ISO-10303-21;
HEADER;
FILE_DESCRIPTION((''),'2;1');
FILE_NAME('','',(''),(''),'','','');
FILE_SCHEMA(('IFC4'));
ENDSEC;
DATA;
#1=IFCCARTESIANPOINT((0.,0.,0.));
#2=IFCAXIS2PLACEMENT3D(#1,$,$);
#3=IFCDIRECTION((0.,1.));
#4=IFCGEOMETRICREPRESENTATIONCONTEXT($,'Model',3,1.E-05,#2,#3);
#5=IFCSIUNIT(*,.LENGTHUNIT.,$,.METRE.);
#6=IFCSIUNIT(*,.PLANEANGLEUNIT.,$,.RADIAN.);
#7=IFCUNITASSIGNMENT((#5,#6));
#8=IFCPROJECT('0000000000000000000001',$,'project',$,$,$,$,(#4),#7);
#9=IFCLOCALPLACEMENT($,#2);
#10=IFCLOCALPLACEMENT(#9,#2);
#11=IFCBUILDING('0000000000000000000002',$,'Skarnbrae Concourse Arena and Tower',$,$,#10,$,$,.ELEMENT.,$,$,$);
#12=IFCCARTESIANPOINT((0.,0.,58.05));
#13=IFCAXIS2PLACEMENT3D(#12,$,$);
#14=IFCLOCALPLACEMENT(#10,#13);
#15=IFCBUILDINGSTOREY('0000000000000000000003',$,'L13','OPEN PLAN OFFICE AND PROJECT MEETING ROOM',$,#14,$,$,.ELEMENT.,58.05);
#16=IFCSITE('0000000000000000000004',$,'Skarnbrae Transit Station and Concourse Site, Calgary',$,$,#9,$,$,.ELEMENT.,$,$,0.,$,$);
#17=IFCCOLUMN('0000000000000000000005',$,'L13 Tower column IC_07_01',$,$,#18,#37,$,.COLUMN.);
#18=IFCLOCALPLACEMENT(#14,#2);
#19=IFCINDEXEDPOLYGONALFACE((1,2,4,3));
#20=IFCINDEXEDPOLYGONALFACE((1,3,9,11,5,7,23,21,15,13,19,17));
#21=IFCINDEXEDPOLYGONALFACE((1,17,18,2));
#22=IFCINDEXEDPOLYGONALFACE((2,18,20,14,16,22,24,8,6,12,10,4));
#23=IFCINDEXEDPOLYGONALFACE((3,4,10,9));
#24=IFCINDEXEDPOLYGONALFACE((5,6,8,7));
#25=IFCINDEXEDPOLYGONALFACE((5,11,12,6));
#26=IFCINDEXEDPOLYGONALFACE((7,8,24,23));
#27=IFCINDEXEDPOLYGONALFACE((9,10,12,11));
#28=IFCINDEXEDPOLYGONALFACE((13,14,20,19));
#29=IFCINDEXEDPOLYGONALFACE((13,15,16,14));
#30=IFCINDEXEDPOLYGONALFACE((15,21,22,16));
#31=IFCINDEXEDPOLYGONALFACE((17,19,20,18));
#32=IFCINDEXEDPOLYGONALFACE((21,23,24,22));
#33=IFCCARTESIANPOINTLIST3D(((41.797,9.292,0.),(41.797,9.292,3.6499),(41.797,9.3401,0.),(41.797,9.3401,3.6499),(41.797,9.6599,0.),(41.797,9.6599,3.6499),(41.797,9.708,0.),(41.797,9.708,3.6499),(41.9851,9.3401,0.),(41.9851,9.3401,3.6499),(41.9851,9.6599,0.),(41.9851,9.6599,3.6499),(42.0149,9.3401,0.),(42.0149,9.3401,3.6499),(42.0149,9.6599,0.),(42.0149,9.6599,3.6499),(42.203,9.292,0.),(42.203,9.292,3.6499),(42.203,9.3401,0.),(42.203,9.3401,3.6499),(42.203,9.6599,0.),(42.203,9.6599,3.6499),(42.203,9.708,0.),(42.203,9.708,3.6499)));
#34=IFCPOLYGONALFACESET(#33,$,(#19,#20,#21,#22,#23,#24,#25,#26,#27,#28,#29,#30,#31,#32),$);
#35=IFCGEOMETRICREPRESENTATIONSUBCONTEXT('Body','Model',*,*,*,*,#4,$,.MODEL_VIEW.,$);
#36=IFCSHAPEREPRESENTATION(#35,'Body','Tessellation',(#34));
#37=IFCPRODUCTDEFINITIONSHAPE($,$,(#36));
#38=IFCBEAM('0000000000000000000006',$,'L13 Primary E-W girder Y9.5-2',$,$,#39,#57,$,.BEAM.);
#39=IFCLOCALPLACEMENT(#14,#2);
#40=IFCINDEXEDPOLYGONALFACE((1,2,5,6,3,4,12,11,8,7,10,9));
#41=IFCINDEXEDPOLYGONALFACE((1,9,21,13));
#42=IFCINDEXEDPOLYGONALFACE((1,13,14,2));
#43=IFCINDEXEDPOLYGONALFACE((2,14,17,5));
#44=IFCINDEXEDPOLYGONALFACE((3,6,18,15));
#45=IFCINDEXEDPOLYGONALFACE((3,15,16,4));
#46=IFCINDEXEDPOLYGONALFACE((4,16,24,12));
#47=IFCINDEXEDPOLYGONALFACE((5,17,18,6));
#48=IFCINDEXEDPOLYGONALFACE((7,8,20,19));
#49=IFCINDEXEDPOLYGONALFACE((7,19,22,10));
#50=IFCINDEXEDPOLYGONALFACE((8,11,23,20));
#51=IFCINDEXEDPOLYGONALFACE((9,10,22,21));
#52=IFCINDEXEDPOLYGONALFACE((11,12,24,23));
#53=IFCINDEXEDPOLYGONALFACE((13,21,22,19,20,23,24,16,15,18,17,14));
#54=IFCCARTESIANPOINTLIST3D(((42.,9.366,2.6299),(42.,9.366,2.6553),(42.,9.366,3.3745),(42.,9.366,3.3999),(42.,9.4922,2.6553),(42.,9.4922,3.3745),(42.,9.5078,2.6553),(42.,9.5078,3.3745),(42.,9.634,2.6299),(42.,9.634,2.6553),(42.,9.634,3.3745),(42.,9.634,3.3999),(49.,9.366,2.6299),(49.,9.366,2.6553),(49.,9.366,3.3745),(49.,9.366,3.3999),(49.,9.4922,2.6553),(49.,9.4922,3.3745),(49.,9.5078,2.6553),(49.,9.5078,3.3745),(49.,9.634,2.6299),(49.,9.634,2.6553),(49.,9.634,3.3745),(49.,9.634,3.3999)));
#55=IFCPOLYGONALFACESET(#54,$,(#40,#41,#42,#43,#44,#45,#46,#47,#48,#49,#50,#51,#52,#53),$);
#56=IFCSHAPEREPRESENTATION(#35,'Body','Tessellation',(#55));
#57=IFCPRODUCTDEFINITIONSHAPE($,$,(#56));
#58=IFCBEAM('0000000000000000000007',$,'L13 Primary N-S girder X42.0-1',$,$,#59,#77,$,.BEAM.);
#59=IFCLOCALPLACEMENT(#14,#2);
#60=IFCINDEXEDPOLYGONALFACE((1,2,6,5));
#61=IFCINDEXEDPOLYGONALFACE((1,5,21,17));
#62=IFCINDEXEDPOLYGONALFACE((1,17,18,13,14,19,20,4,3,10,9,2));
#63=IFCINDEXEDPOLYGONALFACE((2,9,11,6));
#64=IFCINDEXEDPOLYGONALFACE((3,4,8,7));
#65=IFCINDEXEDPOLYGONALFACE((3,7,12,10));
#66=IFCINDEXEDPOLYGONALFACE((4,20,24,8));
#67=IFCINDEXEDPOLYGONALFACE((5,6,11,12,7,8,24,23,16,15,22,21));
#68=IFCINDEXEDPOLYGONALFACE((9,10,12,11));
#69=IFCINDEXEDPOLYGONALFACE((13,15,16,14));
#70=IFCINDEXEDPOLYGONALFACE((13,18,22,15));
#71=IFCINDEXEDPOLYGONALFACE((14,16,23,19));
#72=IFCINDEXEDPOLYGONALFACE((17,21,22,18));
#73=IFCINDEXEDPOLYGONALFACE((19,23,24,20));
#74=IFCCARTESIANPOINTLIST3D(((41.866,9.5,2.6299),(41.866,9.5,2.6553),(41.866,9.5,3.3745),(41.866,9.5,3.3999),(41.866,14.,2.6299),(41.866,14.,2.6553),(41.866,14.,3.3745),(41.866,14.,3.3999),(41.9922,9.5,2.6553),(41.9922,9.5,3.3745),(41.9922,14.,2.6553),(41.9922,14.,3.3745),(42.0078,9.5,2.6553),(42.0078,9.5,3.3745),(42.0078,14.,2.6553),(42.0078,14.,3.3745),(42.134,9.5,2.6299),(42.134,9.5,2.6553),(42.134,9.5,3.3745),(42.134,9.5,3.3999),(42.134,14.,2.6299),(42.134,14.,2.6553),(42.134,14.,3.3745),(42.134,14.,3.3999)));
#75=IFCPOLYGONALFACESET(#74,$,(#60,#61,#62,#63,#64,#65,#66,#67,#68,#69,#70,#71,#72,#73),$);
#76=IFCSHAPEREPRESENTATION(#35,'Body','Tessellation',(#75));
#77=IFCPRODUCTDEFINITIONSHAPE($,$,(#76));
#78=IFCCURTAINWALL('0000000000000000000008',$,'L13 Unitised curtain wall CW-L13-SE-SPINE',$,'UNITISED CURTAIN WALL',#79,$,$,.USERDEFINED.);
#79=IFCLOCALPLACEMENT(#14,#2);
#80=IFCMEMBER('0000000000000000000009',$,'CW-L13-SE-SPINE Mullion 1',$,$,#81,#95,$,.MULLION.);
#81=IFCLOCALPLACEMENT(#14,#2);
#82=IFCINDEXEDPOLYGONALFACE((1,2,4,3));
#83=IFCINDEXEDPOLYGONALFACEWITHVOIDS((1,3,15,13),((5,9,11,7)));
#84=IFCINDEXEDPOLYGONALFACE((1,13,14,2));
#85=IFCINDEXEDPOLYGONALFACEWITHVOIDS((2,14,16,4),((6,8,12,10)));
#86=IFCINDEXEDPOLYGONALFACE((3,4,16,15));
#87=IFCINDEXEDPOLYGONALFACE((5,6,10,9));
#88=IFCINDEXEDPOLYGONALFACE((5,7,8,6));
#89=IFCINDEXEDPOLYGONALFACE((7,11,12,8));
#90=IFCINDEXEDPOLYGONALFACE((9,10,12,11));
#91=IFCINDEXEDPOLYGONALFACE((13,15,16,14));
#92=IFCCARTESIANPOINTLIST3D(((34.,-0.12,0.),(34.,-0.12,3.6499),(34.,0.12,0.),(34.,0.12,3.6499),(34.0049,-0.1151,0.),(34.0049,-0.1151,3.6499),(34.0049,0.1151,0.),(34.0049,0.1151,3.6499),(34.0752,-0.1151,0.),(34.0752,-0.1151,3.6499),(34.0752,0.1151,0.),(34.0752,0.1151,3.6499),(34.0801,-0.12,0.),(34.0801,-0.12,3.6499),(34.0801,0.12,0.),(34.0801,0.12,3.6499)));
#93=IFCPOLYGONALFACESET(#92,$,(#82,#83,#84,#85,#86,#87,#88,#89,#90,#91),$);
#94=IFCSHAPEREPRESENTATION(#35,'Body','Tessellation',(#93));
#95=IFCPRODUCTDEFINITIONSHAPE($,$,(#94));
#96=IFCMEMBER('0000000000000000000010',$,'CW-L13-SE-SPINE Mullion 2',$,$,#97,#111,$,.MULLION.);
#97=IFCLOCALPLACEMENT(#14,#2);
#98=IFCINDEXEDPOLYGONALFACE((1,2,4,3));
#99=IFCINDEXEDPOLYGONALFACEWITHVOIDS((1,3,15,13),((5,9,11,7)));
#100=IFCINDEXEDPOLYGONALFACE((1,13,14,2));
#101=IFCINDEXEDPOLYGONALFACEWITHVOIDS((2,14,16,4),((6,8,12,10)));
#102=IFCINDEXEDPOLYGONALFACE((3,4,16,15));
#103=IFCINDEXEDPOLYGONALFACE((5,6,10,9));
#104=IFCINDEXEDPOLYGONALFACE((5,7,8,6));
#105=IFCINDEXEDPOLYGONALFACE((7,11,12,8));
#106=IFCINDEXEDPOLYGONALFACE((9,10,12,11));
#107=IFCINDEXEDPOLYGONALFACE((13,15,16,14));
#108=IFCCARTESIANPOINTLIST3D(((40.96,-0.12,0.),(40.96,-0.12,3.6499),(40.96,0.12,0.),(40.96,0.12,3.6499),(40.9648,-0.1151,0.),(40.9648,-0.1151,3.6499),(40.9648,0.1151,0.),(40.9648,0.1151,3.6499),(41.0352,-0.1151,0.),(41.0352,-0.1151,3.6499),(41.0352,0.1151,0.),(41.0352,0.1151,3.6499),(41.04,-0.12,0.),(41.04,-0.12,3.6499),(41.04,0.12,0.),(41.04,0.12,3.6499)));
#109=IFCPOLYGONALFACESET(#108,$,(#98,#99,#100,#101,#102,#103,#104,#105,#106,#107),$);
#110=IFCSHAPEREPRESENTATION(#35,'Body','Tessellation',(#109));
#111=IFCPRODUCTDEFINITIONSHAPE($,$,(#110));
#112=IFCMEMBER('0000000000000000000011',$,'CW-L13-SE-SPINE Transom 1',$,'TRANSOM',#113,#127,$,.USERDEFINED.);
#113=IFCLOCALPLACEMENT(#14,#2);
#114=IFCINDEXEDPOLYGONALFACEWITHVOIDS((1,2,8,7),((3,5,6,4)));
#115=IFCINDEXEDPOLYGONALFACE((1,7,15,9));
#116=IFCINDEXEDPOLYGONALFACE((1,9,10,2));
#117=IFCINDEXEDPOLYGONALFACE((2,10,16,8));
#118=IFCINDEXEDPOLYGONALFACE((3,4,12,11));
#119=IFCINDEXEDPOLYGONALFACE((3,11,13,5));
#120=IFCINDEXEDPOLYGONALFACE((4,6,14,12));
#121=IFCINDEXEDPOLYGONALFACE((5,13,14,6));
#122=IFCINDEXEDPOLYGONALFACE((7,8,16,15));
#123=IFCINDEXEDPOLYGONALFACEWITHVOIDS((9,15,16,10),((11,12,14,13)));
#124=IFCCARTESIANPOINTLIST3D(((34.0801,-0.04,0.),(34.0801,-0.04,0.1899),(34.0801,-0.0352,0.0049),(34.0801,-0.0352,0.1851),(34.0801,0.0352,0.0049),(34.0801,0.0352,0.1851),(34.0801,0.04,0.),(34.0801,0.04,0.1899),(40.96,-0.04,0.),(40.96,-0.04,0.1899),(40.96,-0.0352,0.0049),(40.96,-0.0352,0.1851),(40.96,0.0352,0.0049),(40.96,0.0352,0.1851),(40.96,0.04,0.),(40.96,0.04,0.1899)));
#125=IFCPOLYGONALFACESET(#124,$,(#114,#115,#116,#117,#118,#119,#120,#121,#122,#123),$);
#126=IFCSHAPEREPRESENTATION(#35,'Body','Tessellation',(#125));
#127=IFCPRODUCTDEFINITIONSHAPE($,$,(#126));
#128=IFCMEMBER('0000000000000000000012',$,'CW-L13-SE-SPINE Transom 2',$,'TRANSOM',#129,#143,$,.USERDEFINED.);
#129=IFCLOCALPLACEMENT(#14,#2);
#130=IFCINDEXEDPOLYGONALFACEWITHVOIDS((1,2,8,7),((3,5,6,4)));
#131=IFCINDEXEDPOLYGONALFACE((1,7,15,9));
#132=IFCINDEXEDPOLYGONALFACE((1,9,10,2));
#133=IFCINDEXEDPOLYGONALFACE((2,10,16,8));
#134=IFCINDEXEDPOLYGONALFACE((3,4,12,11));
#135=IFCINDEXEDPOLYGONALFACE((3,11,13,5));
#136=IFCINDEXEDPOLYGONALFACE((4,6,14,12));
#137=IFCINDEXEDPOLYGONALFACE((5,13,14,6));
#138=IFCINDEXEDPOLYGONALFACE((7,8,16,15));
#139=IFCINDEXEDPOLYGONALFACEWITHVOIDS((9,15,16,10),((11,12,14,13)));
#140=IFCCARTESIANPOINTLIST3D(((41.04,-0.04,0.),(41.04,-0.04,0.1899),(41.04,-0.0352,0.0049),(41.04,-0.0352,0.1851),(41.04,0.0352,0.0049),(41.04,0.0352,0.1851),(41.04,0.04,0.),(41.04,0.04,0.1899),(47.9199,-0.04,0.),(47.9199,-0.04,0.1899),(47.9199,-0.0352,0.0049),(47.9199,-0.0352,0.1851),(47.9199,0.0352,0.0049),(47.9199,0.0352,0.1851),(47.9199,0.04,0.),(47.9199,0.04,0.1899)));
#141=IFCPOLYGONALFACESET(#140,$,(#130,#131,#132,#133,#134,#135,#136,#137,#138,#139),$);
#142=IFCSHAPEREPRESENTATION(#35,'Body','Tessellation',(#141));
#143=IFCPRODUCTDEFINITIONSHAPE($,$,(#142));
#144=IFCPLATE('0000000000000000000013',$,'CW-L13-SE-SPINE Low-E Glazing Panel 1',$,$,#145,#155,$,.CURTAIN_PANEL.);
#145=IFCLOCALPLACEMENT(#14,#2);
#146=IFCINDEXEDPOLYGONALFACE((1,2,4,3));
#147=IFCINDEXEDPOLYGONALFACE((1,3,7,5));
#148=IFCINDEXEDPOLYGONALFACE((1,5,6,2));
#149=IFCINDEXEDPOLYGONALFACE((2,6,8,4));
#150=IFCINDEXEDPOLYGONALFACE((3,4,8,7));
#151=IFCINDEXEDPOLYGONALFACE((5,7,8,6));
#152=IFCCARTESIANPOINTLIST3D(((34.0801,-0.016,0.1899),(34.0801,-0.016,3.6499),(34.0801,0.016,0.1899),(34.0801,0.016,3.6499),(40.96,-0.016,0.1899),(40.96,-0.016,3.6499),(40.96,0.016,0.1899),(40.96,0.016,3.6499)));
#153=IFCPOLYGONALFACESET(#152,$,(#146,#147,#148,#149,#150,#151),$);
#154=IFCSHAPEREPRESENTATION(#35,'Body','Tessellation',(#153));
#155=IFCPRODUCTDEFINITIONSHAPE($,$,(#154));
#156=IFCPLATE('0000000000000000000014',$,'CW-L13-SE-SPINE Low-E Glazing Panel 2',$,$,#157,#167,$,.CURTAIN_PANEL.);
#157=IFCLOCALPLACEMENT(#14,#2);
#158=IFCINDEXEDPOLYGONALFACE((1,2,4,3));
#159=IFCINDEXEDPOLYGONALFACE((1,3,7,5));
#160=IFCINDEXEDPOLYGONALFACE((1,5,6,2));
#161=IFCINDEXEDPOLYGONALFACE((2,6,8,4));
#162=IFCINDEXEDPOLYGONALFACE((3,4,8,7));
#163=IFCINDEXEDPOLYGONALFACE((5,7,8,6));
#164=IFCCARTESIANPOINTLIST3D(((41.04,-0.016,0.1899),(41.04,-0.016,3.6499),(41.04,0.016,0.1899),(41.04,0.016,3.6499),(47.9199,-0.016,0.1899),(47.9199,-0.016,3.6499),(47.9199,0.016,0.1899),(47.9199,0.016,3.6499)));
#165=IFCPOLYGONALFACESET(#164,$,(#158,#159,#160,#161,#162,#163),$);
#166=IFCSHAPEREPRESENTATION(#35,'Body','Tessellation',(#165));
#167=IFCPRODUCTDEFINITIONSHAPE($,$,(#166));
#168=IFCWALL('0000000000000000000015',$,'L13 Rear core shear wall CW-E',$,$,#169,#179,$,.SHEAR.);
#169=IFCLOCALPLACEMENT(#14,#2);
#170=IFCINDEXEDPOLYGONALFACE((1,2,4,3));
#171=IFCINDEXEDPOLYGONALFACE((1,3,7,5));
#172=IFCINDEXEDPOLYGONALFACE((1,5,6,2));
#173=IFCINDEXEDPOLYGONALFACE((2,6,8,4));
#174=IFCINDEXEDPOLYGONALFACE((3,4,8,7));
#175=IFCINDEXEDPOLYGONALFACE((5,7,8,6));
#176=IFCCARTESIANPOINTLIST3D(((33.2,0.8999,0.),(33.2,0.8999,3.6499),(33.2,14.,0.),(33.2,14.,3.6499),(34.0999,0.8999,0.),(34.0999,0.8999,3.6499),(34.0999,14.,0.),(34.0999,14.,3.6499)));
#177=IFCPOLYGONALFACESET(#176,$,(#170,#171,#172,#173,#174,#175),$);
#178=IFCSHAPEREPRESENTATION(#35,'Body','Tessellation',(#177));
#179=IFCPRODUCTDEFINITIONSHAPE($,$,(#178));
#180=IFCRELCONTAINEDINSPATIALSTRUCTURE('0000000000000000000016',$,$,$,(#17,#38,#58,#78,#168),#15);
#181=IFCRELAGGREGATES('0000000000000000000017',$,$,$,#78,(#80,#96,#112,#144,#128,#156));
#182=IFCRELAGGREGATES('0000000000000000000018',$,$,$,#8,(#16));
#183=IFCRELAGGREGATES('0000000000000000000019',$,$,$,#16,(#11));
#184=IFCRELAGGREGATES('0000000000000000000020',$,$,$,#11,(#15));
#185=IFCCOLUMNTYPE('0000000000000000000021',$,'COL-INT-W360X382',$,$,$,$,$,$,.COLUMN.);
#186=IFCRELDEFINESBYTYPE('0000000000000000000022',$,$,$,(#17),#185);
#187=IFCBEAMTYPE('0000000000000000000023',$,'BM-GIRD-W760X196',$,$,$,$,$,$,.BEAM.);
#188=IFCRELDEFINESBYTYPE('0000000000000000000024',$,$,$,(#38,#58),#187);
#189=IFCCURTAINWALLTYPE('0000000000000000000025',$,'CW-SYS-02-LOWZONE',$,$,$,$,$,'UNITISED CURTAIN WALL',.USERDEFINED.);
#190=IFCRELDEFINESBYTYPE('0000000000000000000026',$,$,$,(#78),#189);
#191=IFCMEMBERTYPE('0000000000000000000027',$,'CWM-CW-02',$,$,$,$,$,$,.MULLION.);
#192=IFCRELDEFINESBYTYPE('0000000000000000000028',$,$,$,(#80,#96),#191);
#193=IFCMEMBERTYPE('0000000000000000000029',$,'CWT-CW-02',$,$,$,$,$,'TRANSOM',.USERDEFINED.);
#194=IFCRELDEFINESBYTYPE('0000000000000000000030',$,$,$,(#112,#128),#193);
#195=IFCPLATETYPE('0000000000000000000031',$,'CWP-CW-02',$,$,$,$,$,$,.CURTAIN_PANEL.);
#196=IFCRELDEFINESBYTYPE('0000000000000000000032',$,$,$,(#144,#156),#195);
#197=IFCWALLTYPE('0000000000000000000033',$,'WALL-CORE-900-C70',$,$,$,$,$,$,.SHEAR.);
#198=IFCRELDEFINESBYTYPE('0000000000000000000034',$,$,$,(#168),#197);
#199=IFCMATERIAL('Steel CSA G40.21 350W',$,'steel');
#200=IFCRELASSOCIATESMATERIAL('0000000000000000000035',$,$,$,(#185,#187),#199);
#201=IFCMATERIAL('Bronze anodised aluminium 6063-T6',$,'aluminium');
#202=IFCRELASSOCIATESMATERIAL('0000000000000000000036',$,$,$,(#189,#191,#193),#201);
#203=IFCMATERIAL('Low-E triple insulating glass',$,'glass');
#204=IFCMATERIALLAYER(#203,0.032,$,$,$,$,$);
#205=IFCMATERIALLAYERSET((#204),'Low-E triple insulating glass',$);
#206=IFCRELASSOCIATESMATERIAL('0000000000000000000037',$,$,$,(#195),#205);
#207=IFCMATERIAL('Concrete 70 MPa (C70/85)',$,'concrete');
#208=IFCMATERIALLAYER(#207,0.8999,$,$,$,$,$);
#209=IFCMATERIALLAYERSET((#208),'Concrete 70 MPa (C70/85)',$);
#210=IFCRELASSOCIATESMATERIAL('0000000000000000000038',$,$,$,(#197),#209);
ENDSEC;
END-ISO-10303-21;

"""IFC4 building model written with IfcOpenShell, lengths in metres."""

from ifc_helpers import new_model, si_unit, direction, frame, frame_2d, origin, origin_2d, place, context, subcontext, project, spatial, rectangle, hollow_rectangle, i_section, extrude, source, transform, mapped, material, layer, layer_set, material_profile, profile_set, type_object, element, aggregate, save


model = new_model("IFC4")

# Units and contexts
model_context = context("Model", 3, precision=1e-05, world=origin(), true_north=direction((0.0, 1.0)))
body_context = subcontext(model_context, "Body", "Model", "MODEL_VIEW")
ifc_project = project(units=[si_unit("LENGTHUNIT", "METRE"), si_unit("PLANEANGLEUNIT", "RADIAN")], contexts=[model_context])

# Site, building, storey
site_placement = place(None, origin())
site = spatial("IfcSite", under=ifc_project, at=site_placement, Name="Skarnbrae Transit Station and Concourse Site, Calgary", CompositionType="ELEMENT", RefElevation=0.0)
building_placement = place(site_placement, origin())
building = spatial("IfcBuilding", under=site, at=building_placement, Name="Skarnbrae Concourse Arena and Tower", CompositionType="ELEMENT")
storey_placement = place(building_placement, frame((0.0, 0.0, 58.05)))
storey = spatial("IfcBuildingStorey", under=building, at=storey_placement, Name="L13", Description="OPEN PLAN OFFICE AND PROJECT MEETING ROOM", CompositionType="ELEMENT", Elevation=58.05)

# Column
ifc_material_1 = material(Name="Steel CSA G40.21 350W", Category="steel")
ifc_material_profile_1 = material_profile(ifc_material_1, i_section(OverallWidth=0.406, OverallDepth=0.416, WebThickness=0.0298, FlangeThickness=0.0481, at=origin_2d()), Name="W360X382")
ifc_profile_set_1 = profile_set([ifc_material_profile_1], Name="Steel CSA G40.21 350W")
column_type = type_object("IfcColumnType", Name="COL-INT-W360X382", PredefinedType="COLUMN", material=ifc_profile_set_1)
shared_shape_1 = source(origin(), body_context, "Body", "SweptSolid", [
    extrude(i_section(OverallWidth=0.406, OverallDepth=0.416, WebThickness=0.0298, FlangeThickness=0.0481, at=origin_2d()), origin(), (0.0, 0.0, 1.0), 3.6499),
])
column_placement = place(storey_placement, frame((42.0, 9.5, 0.0), z_axis=(0.0, 0.0, 1.0), x_axis=(1.0, 0.0, 0.0)))
element("IfcColumn", 1, at=column_placement, inside=storey, type_object=column_type, Name="L13 Tower column IC_07_01", PredefinedType="COLUMN", context=body_context, shape_type="MappedRepresentation", body=[
    mapped(shared_shape_1, transform((0.0, 0.0, 0.0))),
])

# Beams
ifc_material_profile_2 = material_profile(ifc_material_1, i_section(OverallWidth=0.2681, OverallDepth=0.77, WebThickness=0.0156, FlangeThickness=0.0254, at=origin_2d()), Name="W760X196")
ifc_profile_set_2 = profile_set([ifc_material_profile_2], Name="Steel CSA G40.21 350W")
beam_type = type_object("IfcBeamType", Name="BM-GIRD-W760X196", PredefinedType="BEAM", material=ifc_profile_set_2)
shared_shape_2 = source(origin(), body_context, "Body", "SweptSolid", [
    extrude(i_section(OverallWidth=0.2681, OverallDepth=0.77, WebThickness=0.0156, FlangeThickness=0.0254, at=origin_2d()), origin(), (0.0, 0.0, 1.0), 7.0),
])
beam_1_placement = place(storey_placement, frame((42.0, 9.5, 3.0149), z_axis=(1.0, 0.0, 0.0), x_axis=(0.0, 1.0, 0.0)))
element("IfcBeam", 2, at=beam_1_placement, inside=storey, type_object=beam_type, Name="L13 Primary E-W girder Y9.5-2", PredefinedType="BEAM", context=body_context, shape_type="MappedRepresentation", body=[
    mapped(shared_shape_2, transform((0.0, 0.0, 0.0))),
])
shared_shape_3 = source(origin(), body_context, "Body", "SweptSolid", [
    extrude(i_section(OverallWidth=0.2681, OverallDepth=0.77, WebThickness=0.0156, FlangeThickness=0.0254, at=origin_2d()), origin(), (0.0, 0.0, 1.0), 4.5),
])
beam_2_placement = place(storey_placement, frame((42.0, 9.5, 3.0149), z_axis=(0.0, 1.0, 0.0), x_axis=(-1.0, 0.0, 0.0)))
element("IfcBeam", 3, at=beam_2_placement, inside=storey, type_object=beam_type, Name="L13 Primary N-S girder X42.0-1", PredefinedType="BEAM", context=body_context, shape_type="MappedRepresentation", body=[
    mapped(shared_shape_3, transform((0.0, 0.0, 0.0))),
])

# Curtain wall, members, plates
ifc_material_2 = material(Name="Bronze anodised aluminium 6063-T6", Category="aluminium")
curtain_wall_type = type_object("IfcCurtainWallType", Name="CW-SYS-02-LOWZONE", ElementType="UNITISED CURTAIN WALL", PredefinedType="USERDEFINED", material=ifc_material_2)
curtain_wall_placement = place(storey_placement, origin())
curtain_wall = element("IfcCurtainWall", 4, at=curtain_wall_placement, inside=storey, type_object=curtain_wall_type, Name="L13 Unitised curtain wall CW-L13-SE-SPINE", ObjectType="UNITISED CURTAIN WALL", PredefinedType="USERDEFINED")
ifc_material_profile_3 = material_profile(ifc_material_2, hollow_rectangle(XDim=0.0801, YDim=0.24, WallThickness=0.0049, at=origin_2d()), Name="ALU-MULL-80X240")
ifc_profile_set_3 = profile_set([ifc_material_profile_3], Name="Bronze anodised aluminium 6063-T6")
member_type_1 = type_object("IfcMemberType", Name="CWM-CW-02", PredefinedType="MULLION", material=ifc_profile_set_3)
shared_shape_4 = source(origin(), body_context, "Body", "SweptSolid", [
    extrude(hollow_rectangle(XDim=0.0801, YDim=0.24, WallThickness=0.0049, at=origin_2d()), origin(), (0.0, 0.0, 1.0), 3.6499),
])
member_1_placement = place(storey_placement, frame((34.04, 0.0, 0.0), z_axis=(0.0, 0.0, 1.0), x_axis=(1.0, 0.0, 0.0)))
member_1 = element("IfcMember", 5, at=member_1_placement, type_object=member_type_1, Name="CW-L13-SE-SPINE Mullion 1", PredefinedType="MULLION", context=body_context, shape_type="MappedRepresentation", body=[
    mapped(shared_shape_4, transform((0.0, 0.0, 0.0))),
])
member_2_placement = place(storey_placement, frame((41.0, 0.0, 0.0), z_axis=(0.0, 0.0, 1.0), x_axis=(1.0, 0.0, 0.0)))
member_2 = element("IfcMember", 6, at=member_2_placement, type_object=member_type_1, Name="CW-L13-SE-SPINE Mullion 2", PredefinedType="MULLION", context=body_context, shape_type="MappedRepresentation", body=[
    mapped(shared_shape_4, transform((0.0, 0.0, 0.0))),
])
ifc_material_profile_4 = material_profile(ifc_material_2, hollow_rectangle(XDim=0.0801, YDim=0.1899, WallThickness=0.0049, at=origin_2d()), Name="ALU-TRAN-80X190")
ifc_profile_set_4 = profile_set([ifc_material_profile_4], Name="Bronze anodised aluminium 6063-T6")
member_type_2 = type_object("IfcMemberType", Name="CWT-CW-02", ElementType="TRANSOM", PredefinedType="USERDEFINED", material=ifc_profile_set_4)
shared_shape_5 = source(origin(), body_context, "Body", "SweptSolid", [
    extrude(hollow_rectangle(XDim=0.0801, YDim=0.1899, WallThickness=0.0049, at=origin_2d()), origin(), (0.0, 0.0, 1.0), 6.8799),
])
member_3_placement = place(storey_placement, frame((34.0801, 0.0, 0.095), z_axis=(1.0, 0.0, 0.0), x_axis=(0.0, 1.0, 0.0)))
member_3 = element("IfcMember", 7, at=member_3_placement, type_object=member_type_2, Name="CW-L13-SE-SPINE Transom 1", ObjectType="TRANSOM", PredefinedType="USERDEFINED", context=body_context, shape_type="MappedRepresentation", body=[
    mapped(shared_shape_5, transform((0.0, 0.0, 0.0))),
])
member_4_placement = place(storey_placement, frame((41.04, 0.0, 0.095), z_axis=(1.0, 0.0, 0.0), x_axis=(0.0, 1.0, 0.0)))
member_4 = element("IfcMember", 8, at=member_4_placement, type_object=member_type_2, Name="CW-L13-SE-SPINE Transom 2", ObjectType="TRANSOM", PredefinedType="USERDEFINED", context=body_context, shape_type="MappedRepresentation", body=[
    mapped(shared_shape_5, transform((0.0, 0.0, 0.0))),
])
ifc_material_3 = material(Name="Low-E triple insulating glass", Category="glass")
ifc_layer_1 = layer(ifc_material_3, 0.032)
ifc_layer_set_1 = layer_set([ifc_layer_1], Name="Low-E triple insulating glass")
plate_type = type_object("IfcPlateType", Name="CWP-CW-02", PredefinedType="CURTAIN_PANEL", material=ifc_layer_set_1)
shared_shape_6 = source(origin(), body_context, "Body", "SweptSolid", [
    extrude(rectangle(XDim=6.8799, YDim=0.032, at=origin_2d()), origin(), (0.0, 0.0, 1.0), 3.46),
])
plate_1_placement = place(storey_placement, frame((37.52, 0.0, 0.1899), z_axis=(0.0, 0.0, 1.0), x_axis=(1.0, 0.0, 0.0)))
plate_1 = element("IfcPlate", 9, at=plate_1_placement, type_object=plate_type, Name="CW-L13-SE-SPINE Low-E Glazing Panel 1", PredefinedType="CURTAIN_PANEL", context=body_context, shape_type="MappedRepresentation", body=[
    mapped(shared_shape_6, transform((0.0, 0.0, 0.0))),
])
plate_2_placement = place(storey_placement, frame((44.48, 0.0, 0.1899), z_axis=(0.0, 0.0, 1.0), x_axis=(1.0, 0.0, 0.0)))
plate_2 = element("IfcPlate", 10, at=plate_2_placement, type_object=plate_type, Name="CW-L13-SE-SPINE Low-E Glazing Panel 2", PredefinedType="CURTAIN_PANEL", context=body_context, shape_type="MappedRepresentation", body=[
    mapped(shared_shape_6, transform((0.0, 0.0, 0.0))),
])
aggregate(curtain_wall, [member_1, member_2, member_3, plate_1, member_4, plate_2])

# Wall
ifc_material_4 = material(Name="Concrete 70 MPa (C70/85)", Category="concrete")
ifc_layer_2 = layer(ifc_material_4, 0.8999)
ifc_layer_set_2 = layer_set([ifc_layer_2], Name="Concrete 70 MPa (C70/85)")
wall_type_1 = type_object("IfcWallType", Name="WALL-CORE-900-C70", PredefinedType="SHEAR", material=ifc_layer_set_2)
shared_shape_7 = source(origin(), body_context, "Body", "SweptSolid", [
    extrude(rectangle(XDim=13.1001, YDim=0.8999, at=frame_2d((6.55, 0.0))), origin(), (0.0, 0.0, 1.0), 3.6499),
])
wall_1_placement = place(storey_placement, frame((33.6499, 0.8999, 0.0), z_axis=(0.0, 0.0, 1.0), x_axis=(0.0, 1.0, 0.0)))
element("IfcWall", 11, at=wall_1_placement, inside=storey, type_object=wall_type_1, Name="L13 Rear core shear wall CW-E", PredefinedType="SHEAR", context=body_context, shape_type="MappedRepresentation", body=[
    mapped(shared_shape_7, transform((0.0, 0.0, 0.0))),
])

save(model, "model.ifc")
